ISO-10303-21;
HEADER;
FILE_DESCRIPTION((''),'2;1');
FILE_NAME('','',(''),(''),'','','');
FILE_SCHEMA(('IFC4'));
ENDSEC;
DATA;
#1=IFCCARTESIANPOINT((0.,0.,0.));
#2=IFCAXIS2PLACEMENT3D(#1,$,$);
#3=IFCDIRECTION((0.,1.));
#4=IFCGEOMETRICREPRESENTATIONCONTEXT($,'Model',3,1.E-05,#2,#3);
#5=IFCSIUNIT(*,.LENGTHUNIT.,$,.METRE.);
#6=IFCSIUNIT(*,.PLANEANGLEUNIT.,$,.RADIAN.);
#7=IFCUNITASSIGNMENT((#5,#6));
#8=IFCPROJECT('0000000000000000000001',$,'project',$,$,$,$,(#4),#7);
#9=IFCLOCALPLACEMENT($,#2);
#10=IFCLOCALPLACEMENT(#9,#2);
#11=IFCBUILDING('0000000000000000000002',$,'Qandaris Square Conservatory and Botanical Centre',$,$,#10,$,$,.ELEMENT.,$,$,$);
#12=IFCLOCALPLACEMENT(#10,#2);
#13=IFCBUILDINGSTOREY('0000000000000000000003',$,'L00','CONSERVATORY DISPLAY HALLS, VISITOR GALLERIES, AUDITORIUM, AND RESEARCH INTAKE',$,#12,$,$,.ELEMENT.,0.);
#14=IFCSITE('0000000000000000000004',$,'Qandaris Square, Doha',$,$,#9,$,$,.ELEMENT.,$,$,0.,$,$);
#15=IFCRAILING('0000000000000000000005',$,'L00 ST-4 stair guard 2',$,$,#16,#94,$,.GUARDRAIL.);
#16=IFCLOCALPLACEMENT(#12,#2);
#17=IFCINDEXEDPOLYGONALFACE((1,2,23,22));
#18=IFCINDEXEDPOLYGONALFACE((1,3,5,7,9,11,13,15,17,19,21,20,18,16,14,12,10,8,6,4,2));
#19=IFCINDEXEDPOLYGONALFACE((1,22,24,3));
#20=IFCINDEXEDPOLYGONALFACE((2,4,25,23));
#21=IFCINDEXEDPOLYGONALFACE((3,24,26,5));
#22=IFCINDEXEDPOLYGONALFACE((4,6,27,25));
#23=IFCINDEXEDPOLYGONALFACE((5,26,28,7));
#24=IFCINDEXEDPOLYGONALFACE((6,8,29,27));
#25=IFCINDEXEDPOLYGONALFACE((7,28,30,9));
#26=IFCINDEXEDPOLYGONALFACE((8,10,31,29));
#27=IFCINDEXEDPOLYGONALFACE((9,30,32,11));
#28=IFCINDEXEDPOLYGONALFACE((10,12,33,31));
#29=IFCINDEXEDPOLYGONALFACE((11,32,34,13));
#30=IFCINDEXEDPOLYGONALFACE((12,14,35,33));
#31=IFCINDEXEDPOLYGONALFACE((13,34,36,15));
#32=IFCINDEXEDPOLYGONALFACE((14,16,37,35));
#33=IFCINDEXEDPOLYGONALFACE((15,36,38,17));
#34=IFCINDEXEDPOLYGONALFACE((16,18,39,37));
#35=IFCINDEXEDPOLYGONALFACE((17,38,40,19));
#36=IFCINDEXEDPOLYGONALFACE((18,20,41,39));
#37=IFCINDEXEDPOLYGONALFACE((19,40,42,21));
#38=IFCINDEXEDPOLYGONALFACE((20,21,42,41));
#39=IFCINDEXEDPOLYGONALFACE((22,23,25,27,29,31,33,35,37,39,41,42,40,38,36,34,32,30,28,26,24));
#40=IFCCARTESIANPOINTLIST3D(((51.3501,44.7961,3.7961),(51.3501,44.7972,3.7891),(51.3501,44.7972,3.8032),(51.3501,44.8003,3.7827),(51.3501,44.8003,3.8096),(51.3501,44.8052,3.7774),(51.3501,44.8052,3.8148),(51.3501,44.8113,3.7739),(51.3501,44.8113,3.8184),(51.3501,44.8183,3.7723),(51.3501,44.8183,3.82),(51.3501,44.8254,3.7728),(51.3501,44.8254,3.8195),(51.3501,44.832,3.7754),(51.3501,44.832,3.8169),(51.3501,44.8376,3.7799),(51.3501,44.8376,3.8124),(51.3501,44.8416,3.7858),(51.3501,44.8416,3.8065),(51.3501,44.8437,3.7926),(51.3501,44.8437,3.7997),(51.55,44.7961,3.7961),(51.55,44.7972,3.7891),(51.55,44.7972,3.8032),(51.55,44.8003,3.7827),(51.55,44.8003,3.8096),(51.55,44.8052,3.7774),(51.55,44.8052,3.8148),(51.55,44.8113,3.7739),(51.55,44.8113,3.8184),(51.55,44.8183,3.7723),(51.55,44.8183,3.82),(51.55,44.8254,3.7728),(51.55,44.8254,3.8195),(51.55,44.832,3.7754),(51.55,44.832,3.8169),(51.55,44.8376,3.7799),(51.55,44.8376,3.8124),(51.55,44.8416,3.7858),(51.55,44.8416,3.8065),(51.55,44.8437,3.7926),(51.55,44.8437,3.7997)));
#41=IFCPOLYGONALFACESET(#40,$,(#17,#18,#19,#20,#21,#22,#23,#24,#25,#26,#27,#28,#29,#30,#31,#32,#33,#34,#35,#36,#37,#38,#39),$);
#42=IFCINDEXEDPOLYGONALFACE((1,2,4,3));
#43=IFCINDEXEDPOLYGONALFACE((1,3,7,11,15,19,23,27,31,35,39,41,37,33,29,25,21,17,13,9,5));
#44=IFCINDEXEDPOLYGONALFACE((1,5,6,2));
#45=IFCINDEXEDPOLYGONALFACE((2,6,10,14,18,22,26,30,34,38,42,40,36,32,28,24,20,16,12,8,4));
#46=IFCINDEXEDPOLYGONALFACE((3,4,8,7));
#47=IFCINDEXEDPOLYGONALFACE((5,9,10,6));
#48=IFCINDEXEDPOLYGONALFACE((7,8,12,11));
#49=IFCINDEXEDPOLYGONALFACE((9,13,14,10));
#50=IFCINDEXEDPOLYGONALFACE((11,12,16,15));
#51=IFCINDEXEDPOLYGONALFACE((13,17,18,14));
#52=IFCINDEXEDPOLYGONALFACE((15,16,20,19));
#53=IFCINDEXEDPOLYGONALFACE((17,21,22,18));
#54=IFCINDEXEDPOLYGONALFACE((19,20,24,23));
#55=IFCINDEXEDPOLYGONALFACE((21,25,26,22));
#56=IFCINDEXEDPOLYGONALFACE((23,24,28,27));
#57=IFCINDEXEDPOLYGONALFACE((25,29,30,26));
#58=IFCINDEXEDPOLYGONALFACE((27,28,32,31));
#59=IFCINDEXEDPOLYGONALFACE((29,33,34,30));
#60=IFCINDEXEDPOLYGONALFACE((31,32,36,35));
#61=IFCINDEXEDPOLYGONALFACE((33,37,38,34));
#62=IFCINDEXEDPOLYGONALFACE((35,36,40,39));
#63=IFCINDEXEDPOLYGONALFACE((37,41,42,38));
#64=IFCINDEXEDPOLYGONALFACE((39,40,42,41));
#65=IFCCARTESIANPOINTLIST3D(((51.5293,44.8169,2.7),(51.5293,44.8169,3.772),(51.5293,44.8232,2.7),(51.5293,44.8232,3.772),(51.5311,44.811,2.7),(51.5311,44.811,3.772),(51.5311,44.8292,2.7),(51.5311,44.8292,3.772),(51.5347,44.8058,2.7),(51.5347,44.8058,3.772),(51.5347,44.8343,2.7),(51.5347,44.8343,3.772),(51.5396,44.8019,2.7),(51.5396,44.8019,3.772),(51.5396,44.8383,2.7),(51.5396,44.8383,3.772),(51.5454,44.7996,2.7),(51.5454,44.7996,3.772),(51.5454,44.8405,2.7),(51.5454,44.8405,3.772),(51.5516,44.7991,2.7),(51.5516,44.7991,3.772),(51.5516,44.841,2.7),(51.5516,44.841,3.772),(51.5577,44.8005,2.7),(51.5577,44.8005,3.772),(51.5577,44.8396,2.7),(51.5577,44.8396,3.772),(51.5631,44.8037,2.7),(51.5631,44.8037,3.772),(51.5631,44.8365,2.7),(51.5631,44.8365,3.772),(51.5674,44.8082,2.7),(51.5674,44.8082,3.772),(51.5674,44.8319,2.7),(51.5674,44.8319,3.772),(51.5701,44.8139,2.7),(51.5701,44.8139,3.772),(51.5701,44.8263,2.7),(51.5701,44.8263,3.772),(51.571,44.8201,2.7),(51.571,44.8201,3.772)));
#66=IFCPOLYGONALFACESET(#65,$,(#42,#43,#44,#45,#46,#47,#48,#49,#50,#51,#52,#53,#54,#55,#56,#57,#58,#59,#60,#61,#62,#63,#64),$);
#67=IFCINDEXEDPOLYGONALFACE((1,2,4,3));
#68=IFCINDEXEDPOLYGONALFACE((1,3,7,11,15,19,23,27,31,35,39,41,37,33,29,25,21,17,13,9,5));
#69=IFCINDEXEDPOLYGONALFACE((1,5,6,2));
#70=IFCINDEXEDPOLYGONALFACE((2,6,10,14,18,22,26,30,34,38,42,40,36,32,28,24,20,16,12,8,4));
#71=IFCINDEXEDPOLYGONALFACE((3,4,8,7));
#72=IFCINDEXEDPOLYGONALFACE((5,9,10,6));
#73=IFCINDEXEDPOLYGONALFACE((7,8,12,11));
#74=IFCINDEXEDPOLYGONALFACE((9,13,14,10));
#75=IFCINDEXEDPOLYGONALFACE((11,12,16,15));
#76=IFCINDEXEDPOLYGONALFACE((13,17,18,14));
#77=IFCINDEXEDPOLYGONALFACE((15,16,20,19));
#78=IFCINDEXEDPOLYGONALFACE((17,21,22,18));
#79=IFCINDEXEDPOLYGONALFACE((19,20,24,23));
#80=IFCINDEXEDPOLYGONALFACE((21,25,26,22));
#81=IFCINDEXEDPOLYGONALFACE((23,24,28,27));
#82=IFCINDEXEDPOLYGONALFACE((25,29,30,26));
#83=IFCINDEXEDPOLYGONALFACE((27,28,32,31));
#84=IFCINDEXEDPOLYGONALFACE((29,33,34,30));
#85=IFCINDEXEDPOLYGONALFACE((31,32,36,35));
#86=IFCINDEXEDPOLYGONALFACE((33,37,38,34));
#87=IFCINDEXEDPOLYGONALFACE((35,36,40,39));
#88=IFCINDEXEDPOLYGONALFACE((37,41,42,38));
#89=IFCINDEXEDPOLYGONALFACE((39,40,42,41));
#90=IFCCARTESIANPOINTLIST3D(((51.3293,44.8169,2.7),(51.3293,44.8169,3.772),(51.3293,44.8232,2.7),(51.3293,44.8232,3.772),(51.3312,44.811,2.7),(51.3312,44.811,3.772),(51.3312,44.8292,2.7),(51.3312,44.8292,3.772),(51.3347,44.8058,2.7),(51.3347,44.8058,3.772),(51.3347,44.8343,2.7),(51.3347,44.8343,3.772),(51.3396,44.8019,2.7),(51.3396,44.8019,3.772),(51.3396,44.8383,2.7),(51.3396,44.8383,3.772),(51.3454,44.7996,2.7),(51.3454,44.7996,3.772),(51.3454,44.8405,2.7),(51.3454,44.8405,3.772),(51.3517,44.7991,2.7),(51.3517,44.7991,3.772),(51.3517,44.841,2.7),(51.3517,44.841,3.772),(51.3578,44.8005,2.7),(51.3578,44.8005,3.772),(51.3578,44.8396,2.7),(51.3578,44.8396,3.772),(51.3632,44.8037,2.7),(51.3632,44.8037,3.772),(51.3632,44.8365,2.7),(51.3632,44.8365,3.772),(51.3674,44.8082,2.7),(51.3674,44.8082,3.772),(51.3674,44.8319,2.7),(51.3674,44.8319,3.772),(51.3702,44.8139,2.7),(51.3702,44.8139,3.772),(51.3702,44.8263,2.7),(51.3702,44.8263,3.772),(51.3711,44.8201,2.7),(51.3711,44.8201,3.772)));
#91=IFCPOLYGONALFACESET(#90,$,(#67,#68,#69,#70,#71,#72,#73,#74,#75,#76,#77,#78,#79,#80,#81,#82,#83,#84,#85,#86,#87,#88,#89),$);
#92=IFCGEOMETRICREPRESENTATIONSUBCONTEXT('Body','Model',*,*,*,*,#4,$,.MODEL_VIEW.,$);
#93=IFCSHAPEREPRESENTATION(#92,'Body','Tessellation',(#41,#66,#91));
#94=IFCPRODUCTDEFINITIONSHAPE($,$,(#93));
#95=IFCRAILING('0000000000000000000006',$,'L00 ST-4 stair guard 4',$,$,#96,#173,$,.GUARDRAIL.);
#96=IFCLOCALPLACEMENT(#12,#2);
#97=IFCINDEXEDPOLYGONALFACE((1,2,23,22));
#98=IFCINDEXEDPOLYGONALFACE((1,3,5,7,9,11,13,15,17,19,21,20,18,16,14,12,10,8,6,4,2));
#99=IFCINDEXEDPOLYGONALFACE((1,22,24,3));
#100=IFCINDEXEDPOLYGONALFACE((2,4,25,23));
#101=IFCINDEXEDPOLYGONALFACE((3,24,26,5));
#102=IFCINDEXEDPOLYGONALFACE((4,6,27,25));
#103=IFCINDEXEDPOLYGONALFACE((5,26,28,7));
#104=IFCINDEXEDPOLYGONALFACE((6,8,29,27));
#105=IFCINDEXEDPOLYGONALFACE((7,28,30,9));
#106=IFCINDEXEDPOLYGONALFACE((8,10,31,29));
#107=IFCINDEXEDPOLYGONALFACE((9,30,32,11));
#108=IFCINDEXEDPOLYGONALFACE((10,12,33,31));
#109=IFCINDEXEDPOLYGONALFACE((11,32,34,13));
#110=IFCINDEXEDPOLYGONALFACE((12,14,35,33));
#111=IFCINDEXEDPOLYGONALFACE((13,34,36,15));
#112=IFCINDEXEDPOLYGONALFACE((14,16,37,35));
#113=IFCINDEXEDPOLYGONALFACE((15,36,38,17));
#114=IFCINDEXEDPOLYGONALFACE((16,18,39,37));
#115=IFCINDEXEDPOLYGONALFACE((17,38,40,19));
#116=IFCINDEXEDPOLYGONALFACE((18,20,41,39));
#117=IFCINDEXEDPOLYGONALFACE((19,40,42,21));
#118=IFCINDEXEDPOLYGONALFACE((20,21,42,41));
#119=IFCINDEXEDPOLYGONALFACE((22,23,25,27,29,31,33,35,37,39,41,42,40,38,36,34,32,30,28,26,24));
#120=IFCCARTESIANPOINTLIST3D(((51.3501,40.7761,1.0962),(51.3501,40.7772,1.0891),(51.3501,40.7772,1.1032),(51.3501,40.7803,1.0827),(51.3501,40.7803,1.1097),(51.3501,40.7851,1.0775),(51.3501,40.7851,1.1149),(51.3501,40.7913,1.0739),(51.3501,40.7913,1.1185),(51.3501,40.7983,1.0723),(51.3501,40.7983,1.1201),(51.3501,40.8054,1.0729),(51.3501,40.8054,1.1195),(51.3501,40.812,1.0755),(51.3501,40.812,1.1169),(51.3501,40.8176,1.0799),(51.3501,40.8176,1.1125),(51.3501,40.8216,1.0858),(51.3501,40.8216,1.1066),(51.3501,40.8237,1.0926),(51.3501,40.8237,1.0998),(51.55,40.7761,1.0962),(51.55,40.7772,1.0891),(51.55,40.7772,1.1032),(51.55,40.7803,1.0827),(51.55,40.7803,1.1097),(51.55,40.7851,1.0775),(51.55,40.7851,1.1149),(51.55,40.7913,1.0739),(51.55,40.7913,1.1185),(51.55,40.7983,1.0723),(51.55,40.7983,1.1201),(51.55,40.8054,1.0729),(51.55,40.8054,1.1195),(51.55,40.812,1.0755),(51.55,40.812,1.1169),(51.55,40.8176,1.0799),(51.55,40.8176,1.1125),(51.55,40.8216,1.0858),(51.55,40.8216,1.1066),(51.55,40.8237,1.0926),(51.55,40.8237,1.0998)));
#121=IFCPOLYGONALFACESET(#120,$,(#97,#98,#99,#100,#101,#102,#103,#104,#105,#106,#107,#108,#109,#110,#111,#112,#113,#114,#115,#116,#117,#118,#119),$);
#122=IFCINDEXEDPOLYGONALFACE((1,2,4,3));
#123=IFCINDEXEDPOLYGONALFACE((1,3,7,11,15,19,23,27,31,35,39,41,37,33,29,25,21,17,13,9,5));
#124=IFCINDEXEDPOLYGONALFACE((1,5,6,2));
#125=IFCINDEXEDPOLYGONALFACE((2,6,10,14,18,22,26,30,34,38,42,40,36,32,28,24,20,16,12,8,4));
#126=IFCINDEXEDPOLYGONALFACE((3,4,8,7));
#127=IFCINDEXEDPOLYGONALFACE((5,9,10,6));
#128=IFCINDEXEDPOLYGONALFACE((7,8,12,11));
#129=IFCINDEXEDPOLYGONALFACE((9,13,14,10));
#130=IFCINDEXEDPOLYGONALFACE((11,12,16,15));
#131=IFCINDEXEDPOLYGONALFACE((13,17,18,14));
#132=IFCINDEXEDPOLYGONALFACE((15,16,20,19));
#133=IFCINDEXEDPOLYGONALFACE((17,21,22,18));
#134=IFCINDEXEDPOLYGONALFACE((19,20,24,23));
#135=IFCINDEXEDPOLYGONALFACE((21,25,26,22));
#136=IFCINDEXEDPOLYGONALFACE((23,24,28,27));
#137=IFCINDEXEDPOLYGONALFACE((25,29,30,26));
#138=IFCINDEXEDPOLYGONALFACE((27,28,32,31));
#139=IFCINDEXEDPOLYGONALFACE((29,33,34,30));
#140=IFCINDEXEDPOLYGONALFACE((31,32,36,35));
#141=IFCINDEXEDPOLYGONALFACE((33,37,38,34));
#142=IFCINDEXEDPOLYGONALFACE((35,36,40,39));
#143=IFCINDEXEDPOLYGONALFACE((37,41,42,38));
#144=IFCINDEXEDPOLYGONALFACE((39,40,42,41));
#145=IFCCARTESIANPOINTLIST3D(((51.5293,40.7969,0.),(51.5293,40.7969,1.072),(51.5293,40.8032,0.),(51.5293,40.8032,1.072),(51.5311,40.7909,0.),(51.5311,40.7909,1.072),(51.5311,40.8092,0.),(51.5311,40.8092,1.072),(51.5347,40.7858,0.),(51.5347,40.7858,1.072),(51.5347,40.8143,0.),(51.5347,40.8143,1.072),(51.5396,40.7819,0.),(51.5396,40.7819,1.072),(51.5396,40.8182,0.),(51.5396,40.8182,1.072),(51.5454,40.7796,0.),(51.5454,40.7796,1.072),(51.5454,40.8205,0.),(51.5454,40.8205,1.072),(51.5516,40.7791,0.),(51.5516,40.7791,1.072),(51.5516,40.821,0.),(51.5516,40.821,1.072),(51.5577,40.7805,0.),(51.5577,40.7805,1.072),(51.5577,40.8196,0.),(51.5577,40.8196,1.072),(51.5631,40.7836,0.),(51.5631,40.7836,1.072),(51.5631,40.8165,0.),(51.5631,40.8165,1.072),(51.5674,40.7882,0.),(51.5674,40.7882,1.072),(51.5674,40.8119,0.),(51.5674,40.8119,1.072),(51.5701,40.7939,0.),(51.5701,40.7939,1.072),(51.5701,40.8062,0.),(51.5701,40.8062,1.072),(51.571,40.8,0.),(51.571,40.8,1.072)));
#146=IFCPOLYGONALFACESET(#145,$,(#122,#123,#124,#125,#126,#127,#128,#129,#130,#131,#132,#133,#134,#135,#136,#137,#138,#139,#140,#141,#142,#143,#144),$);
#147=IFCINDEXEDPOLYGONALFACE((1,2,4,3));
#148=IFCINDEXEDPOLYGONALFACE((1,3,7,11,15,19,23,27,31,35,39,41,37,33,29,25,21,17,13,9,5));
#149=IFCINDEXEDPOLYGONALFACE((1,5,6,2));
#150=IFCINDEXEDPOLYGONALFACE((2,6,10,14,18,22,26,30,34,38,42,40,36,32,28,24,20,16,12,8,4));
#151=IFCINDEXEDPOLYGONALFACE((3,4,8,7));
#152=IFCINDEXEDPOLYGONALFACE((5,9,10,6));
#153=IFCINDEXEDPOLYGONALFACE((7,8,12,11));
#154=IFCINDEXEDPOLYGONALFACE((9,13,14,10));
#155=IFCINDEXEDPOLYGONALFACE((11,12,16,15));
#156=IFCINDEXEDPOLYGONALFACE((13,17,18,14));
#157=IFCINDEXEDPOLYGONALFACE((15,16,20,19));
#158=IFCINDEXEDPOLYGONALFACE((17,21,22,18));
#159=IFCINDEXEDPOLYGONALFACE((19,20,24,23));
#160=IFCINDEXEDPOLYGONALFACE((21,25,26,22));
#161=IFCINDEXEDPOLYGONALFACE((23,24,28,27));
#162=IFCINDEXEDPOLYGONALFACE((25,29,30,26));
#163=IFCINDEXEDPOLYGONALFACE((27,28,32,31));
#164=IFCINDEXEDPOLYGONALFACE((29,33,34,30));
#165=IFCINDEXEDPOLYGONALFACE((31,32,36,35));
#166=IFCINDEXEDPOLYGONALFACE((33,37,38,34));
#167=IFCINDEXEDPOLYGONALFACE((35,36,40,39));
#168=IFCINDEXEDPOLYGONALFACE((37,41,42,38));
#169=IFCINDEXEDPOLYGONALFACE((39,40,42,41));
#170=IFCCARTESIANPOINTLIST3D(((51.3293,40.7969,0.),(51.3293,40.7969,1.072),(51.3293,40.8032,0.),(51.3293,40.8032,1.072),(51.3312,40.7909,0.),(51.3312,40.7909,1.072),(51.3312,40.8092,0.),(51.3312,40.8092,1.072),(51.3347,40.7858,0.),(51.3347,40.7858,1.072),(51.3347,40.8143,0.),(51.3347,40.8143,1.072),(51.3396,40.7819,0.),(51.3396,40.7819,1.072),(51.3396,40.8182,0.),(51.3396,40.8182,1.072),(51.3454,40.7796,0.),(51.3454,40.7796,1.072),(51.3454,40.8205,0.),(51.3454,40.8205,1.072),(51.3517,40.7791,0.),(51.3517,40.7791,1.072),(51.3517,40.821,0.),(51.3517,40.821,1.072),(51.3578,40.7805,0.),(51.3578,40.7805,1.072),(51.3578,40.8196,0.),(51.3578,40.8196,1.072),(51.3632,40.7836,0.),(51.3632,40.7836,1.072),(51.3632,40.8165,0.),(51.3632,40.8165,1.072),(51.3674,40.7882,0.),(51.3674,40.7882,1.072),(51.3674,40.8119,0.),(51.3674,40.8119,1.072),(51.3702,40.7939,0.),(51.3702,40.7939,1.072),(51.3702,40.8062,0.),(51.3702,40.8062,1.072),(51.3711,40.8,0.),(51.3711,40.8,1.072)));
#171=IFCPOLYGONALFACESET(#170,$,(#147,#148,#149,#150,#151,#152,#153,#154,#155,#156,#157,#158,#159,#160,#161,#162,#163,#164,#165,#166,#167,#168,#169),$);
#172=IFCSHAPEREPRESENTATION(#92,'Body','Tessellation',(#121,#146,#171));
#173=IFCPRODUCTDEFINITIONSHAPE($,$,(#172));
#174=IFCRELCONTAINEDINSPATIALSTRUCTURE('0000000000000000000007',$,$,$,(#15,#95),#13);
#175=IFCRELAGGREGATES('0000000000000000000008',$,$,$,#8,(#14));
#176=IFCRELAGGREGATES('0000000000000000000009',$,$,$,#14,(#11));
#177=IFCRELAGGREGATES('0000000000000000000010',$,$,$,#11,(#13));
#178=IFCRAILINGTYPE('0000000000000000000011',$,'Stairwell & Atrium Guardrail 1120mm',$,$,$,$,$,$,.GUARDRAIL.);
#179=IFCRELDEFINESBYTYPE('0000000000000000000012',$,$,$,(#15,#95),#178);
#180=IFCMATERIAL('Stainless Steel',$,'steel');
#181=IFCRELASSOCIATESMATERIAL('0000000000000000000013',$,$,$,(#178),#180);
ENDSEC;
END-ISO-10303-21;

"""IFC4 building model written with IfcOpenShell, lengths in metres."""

from ifc_helpers import new_model, si_unit, direction, frame, origin, origin_2d, place, context, subcontext, project, spatial, circle, extrude, material, type_object, element, save


model = new_model("IFC4")

# Units and contexts
model_context = context("Model", 3, precision=1e-05, world=origin(), true_north=direction((0.0, 1.0)))
body_context = subcontext(model_context, "Body", "Model", "MODEL_VIEW")
ifc_project = project(units=[si_unit("LENGTHUNIT", "METRE"), si_unit("PLANEANGLEUNIT", "RADIAN")], contexts=[model_context])

# Site, building, storey
site_placement = place(None, origin())
site = spatial("IfcSite", under=ifc_project, at=site_placement, Name="Qandaris Square, Doha", CompositionType="ELEMENT", RefElevation=0.0)
building_placement = place(site_placement, origin())
building = spatial("IfcBuilding", under=site, at=building_placement, Name="Qandaris Square Conservatory and Botanical Centre", CompositionType="ELEMENT")
storey_placement = place(building_placement, origin())
storey = spatial("IfcBuildingStorey", under=building, at=storey_placement, Name="L00", Description="CONSERVATORY DISPLAY HALLS, VISITOR GALLERIES, AUDITORIUM, AND RESEARCH INTAKE", CompositionType="ELEMENT", Elevation=0.0)

# Railings
ifc_material_1 = material(Name="Stainless Steel", Category="steel")
railing_type_1 = type_object("IfcRailingType", Name="Stairwell & Atrium Guardrail 1120mm", PredefinedType="GUARDRAIL", material=ifc_material_1)
for number, where, name in (
    (1, (51.55, 44.8201, 2.7), "L00 ST-4 stair guard 2"),
    (2, (51.55, 40.8, 0.0), "L00 ST-4 stair guard 4"),
):
    element("IfcRailing", number, at=place(storey_placement, frame(where)), inside=storey, type_object=railing_type_1, Name=name, PredefinedType="GUARDRAIL", context=body_context, shape_type="SweptSolid", body=[
        extrude(circle(Radius=0.0239, at=origin_2d()), frame((0.0, 0.0, 1.0962), z_axis=(-1.0, 0.0, 0.0), x_axis=(0.0, -1.0, 0.0)), (0.0, 0.0, 1.0), 0.2),
        extrude(circle(Radius=0.021, at=origin_2d()), origin(), (0.0, 0.0, 1.0), 1.072),
        extrude(circle(Radius=0.021, at=origin_2d()), frame((-0.2, 0.0, 0.0)), (0.0, 0.0, 1.0), 1.072),
    ])

save(model, "model.ifc")
